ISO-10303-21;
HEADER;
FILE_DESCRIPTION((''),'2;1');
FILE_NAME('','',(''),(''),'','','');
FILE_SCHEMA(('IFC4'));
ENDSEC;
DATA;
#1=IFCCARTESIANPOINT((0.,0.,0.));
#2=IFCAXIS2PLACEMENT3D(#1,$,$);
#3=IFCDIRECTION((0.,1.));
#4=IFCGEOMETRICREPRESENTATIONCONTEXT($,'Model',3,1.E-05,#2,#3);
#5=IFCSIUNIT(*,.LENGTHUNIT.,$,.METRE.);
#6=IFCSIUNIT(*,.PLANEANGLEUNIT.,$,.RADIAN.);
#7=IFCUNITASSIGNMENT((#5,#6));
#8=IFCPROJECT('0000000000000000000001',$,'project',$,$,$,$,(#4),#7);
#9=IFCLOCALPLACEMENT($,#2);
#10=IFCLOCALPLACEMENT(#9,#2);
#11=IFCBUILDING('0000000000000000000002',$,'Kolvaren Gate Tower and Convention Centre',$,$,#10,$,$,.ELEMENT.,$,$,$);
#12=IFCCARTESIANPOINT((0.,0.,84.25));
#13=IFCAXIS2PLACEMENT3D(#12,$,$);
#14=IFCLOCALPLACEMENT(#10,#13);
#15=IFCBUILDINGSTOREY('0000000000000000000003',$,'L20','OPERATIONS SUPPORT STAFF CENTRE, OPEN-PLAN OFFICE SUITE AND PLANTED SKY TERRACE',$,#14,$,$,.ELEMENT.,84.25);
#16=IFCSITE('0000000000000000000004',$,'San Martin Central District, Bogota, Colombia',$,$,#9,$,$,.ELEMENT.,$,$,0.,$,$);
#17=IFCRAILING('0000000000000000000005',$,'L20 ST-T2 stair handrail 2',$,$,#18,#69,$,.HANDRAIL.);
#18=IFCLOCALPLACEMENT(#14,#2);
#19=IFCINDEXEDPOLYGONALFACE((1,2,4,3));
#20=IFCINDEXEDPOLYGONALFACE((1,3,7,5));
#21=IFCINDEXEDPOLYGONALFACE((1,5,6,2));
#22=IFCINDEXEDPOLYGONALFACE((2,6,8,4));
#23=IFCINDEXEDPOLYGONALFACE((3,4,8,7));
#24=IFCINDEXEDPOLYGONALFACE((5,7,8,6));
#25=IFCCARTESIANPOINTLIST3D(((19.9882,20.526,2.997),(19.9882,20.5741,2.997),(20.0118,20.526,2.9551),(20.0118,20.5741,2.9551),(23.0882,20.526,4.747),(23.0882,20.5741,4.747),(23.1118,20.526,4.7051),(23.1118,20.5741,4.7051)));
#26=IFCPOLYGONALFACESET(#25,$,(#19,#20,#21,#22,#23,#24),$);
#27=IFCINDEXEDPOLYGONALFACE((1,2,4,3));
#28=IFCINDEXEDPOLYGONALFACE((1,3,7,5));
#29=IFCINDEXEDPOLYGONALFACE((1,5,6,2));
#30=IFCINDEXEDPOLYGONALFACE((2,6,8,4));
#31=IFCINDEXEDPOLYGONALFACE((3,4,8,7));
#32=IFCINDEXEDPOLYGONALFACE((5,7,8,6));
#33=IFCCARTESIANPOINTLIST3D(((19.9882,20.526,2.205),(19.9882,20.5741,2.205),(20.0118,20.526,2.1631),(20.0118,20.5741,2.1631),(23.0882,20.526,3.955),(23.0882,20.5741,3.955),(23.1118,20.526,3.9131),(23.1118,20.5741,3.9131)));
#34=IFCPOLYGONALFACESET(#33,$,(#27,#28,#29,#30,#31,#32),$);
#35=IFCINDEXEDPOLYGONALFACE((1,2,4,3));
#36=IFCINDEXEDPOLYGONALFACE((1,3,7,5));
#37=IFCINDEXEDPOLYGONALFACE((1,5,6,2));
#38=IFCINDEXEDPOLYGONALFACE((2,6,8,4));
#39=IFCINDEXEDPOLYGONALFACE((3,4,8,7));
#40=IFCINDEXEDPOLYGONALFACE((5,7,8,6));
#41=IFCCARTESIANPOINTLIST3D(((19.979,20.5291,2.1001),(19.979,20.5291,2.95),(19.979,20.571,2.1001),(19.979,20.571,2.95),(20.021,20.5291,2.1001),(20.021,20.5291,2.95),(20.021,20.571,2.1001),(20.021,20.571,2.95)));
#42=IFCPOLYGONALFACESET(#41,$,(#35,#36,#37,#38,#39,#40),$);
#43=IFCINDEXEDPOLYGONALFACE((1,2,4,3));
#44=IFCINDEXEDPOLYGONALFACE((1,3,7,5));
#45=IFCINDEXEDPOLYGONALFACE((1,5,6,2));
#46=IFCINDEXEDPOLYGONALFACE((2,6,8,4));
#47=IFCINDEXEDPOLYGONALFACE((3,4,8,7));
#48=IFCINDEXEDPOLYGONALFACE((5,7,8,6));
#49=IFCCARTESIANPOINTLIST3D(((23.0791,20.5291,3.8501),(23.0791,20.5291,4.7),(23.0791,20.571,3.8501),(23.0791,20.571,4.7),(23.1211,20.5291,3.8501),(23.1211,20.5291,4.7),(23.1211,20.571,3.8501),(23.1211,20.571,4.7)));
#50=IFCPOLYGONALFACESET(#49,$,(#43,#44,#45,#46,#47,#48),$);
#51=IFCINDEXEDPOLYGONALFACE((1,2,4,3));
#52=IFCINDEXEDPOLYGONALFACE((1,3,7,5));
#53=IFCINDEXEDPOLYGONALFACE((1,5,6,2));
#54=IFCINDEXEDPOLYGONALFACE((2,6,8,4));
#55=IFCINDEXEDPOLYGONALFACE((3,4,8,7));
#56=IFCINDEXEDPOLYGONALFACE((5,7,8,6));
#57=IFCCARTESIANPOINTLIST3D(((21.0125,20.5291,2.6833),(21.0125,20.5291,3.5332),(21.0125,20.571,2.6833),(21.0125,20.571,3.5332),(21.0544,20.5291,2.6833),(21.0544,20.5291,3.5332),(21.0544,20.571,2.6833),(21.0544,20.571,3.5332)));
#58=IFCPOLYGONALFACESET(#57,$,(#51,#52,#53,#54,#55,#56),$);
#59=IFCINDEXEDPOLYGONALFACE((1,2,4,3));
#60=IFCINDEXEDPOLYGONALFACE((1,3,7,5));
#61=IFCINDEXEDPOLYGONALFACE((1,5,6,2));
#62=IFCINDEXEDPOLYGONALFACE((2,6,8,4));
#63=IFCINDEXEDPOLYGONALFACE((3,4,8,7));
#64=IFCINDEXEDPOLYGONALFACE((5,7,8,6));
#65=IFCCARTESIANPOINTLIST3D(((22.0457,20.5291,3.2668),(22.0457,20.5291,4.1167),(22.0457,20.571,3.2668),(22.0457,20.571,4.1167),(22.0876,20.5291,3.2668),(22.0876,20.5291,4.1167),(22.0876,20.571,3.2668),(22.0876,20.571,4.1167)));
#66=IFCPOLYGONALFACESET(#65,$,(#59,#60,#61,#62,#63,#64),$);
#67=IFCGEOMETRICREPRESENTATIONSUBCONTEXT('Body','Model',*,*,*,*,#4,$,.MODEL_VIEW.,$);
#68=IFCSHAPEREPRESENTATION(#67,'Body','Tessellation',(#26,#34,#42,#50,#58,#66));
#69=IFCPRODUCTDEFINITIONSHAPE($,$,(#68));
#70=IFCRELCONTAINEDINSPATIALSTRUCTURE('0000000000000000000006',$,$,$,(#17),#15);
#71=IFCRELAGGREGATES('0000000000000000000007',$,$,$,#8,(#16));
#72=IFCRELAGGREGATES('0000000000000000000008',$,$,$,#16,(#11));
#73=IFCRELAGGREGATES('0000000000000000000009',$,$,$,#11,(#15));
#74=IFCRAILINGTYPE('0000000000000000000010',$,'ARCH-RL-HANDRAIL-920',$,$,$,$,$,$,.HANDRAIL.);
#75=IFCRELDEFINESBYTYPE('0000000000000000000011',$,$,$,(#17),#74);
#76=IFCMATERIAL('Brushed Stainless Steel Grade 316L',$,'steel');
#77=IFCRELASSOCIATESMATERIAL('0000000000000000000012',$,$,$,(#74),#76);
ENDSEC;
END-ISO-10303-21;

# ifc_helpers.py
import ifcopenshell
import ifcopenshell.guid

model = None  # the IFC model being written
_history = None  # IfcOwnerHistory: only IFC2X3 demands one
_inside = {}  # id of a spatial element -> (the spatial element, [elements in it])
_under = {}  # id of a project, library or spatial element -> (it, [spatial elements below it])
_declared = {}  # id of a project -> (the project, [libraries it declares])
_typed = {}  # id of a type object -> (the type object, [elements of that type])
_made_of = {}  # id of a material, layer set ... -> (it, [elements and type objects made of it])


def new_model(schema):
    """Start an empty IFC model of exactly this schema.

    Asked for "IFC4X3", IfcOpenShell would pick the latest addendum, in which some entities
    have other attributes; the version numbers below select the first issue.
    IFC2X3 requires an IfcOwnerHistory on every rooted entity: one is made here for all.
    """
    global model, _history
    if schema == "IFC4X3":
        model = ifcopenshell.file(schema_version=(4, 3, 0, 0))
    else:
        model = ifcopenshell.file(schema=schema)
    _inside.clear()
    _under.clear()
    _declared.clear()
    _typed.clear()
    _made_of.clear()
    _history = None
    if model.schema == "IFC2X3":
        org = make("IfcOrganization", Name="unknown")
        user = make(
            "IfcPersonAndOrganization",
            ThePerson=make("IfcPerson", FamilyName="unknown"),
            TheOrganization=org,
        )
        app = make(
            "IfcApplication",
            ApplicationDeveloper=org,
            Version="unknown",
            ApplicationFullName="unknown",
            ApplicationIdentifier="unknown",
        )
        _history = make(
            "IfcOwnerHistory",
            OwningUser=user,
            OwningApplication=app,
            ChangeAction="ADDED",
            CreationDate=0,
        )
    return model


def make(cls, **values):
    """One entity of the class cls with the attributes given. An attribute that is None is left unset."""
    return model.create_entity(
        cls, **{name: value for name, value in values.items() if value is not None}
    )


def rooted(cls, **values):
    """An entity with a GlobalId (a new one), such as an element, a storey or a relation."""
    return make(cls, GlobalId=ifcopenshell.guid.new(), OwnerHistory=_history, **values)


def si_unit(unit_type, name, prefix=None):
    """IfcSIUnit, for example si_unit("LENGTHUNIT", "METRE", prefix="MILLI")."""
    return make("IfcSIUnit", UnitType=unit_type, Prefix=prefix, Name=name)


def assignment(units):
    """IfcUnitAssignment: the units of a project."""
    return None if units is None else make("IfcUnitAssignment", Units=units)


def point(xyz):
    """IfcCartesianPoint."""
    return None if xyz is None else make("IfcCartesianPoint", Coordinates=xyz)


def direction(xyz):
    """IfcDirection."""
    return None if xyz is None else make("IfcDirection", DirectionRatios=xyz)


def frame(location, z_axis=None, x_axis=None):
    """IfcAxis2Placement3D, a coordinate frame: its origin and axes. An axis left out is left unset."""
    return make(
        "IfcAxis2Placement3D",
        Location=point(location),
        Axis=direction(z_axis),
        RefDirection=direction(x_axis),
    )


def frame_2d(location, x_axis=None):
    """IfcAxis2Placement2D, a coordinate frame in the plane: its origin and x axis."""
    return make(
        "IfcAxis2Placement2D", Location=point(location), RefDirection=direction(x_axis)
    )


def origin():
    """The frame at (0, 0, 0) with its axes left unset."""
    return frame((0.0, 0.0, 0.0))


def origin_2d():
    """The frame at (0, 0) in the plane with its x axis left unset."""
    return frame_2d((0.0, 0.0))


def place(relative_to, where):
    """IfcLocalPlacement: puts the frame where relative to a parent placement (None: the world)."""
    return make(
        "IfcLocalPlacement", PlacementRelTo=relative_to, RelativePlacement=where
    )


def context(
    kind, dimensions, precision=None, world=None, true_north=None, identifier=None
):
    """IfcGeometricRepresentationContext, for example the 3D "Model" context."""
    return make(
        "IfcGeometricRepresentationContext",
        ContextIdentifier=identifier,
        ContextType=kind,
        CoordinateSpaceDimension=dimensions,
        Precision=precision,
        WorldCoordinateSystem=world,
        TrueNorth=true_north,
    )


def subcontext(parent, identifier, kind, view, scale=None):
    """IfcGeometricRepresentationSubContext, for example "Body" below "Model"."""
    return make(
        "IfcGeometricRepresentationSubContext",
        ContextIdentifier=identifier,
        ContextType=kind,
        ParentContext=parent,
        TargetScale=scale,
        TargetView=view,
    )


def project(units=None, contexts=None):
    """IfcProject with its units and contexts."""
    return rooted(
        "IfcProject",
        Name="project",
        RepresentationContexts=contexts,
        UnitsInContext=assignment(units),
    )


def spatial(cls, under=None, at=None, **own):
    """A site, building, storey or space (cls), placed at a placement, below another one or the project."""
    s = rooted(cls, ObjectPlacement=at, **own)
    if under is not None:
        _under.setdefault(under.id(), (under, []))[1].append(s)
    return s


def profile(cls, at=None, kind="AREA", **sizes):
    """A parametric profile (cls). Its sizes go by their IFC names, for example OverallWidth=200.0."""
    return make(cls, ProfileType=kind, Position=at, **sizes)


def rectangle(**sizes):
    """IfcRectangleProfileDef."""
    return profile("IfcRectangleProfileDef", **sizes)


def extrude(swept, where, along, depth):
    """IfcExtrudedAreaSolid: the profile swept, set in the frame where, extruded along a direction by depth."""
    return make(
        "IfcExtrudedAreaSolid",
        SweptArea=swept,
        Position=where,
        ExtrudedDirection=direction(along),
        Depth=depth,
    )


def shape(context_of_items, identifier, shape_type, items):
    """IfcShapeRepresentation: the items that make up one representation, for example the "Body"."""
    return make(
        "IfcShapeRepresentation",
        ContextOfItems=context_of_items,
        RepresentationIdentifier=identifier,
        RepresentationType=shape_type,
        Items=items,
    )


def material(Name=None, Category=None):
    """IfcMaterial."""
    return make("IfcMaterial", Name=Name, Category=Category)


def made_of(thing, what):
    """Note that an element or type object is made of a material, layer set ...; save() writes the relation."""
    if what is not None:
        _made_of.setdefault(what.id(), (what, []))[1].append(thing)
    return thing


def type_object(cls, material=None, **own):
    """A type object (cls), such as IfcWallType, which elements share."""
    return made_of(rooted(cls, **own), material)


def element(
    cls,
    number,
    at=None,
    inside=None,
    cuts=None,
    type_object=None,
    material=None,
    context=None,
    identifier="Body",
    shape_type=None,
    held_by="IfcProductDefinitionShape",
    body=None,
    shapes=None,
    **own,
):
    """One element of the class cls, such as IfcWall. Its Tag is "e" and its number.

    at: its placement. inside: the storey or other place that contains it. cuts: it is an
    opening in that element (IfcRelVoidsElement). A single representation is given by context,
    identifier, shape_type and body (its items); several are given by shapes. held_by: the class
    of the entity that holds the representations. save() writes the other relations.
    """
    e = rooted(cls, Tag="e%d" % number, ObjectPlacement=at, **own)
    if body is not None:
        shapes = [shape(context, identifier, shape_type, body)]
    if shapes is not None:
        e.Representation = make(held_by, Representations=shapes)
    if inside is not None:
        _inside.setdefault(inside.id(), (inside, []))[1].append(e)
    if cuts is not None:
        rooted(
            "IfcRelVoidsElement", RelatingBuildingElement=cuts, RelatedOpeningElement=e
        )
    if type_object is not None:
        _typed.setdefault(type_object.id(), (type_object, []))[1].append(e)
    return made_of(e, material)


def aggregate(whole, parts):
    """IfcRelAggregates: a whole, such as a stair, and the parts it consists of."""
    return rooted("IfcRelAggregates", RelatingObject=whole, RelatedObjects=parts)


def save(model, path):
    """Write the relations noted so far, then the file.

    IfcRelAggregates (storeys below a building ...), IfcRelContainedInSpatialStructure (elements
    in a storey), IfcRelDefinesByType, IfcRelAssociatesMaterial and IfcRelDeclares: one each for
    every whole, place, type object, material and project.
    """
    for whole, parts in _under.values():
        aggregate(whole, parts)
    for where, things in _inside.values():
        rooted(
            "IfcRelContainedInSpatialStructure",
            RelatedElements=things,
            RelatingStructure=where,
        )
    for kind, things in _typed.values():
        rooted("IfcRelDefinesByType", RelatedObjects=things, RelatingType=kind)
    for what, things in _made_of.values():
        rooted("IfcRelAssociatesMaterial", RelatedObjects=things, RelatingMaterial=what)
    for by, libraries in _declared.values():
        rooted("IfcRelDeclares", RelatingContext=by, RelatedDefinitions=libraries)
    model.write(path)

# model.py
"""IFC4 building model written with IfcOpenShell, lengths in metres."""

from ifc_helpers import new_model, si_unit, direction, frame, origin, origin_2d, place, context, subcontext, project, spatial, rectangle, extrude, material, type_object, element, save


model = new_model("IFC4")

# Units and contexts
model_context = context("Model", 3, precision=1e-05, world=origin(), true_north=direction((0.0, 1.0)))
body_context = subcontext(model_context, "Body", "Model", "MODEL_VIEW")
ifc_project = project(units=[si_unit("LENGTHUNIT", "METRE"), si_unit("PLANEANGLEUNIT", "RADIAN")], contexts=[model_context])

# Site, building, storey
site_placement = place(None, origin())
site = spatial("IfcSite", under=ifc_project, at=site_placement, Name="San Martin Central District, Bogota, Colombia", CompositionType="ELEMENT", RefElevation=0.0)
building_placement = place(site_placement, origin())
building = spatial("IfcBuilding", under=site, at=building_placement, Name="Kolvaren Gate Tower and Convention Centre", CompositionType="ELEMENT")
storey_placement = place(building_placement, frame((0.0, 0.0, 84.25)))
storey = spatial("IfcBuildingStorey", under=building, at=storey_placement, Name="L20", Description="OPERATIONS SUPPORT STAFF CENTRE, OPEN-PLAN OFFICE SUITE AND PLANTED SKY TERRACE", CompositionType="ELEMENT", Elevation=84.25)

# Shared definitions
ifc_material_1 = material(Name="Brushed Stainless Steel Grade 316L", Category="steel")

# Railing
railing_type_1 = type_object("IfcRailingType", Name="ARCH-RL-HANDRAIL-920", PredefinedType="HANDRAIL", material=ifc_material_1)
railing_1_placement = place(storey_placement, frame((20.0, 20.55, 2.1001)))
element("IfcRailing", 1, at=railing_1_placement, inside=storey, type_object=railing_type_1, Name="L20 ST-T2 stair handrail 2", PredefinedType="HANDRAIL", context=body_context, shape_type="SweptSolid", body=[
    extrude(rectangle(XDim=0.0481, YDim=0.0481, at=origin_2d()), frame((0.0, 0.0, 0.876), z_axis=(0.870831, 0.0, 0.491583), x_axis=(0.0, 1.0, 0.0)), (0.0, 0.0, 1.0), 3.5598),
    extrude(rectangle(XDim=0.0481, YDim=0.0481, at=origin_2d()), frame((0.0, 0.0, 0.084), z_axis=(0.870831, 0.0, 0.491583), x_axis=(0.0, 1.0, 0.0)), (0.0, 0.0, 1.0), 3.5598),
    extrude(rectangle(XDim=0.042, YDim=0.042, at=origin_2d()), origin(), (0.0, 0.0, 1.0), 0.8499),
    extrude(rectangle(XDim=0.042, YDim=0.042, at=origin_2d()), frame((3.1001, 0.0, 1.75)), (0.0, 0.0, 1.0), 0.8499),
    extrude(rectangle(XDim=0.042, YDim=0.042, at=origin_2d()), frame((1.0334, 0.0, 0.5833)), (0.0, 0.0, 1.0), 0.8499),
    extrude(rectangle(XDim=0.042, YDim=0.042, at=origin_2d()), frame((2.0667, 0.0, 1.1667)), (0.0, 0.0, 1.0), 0.8499),
])

save(model, "model.ifc")
